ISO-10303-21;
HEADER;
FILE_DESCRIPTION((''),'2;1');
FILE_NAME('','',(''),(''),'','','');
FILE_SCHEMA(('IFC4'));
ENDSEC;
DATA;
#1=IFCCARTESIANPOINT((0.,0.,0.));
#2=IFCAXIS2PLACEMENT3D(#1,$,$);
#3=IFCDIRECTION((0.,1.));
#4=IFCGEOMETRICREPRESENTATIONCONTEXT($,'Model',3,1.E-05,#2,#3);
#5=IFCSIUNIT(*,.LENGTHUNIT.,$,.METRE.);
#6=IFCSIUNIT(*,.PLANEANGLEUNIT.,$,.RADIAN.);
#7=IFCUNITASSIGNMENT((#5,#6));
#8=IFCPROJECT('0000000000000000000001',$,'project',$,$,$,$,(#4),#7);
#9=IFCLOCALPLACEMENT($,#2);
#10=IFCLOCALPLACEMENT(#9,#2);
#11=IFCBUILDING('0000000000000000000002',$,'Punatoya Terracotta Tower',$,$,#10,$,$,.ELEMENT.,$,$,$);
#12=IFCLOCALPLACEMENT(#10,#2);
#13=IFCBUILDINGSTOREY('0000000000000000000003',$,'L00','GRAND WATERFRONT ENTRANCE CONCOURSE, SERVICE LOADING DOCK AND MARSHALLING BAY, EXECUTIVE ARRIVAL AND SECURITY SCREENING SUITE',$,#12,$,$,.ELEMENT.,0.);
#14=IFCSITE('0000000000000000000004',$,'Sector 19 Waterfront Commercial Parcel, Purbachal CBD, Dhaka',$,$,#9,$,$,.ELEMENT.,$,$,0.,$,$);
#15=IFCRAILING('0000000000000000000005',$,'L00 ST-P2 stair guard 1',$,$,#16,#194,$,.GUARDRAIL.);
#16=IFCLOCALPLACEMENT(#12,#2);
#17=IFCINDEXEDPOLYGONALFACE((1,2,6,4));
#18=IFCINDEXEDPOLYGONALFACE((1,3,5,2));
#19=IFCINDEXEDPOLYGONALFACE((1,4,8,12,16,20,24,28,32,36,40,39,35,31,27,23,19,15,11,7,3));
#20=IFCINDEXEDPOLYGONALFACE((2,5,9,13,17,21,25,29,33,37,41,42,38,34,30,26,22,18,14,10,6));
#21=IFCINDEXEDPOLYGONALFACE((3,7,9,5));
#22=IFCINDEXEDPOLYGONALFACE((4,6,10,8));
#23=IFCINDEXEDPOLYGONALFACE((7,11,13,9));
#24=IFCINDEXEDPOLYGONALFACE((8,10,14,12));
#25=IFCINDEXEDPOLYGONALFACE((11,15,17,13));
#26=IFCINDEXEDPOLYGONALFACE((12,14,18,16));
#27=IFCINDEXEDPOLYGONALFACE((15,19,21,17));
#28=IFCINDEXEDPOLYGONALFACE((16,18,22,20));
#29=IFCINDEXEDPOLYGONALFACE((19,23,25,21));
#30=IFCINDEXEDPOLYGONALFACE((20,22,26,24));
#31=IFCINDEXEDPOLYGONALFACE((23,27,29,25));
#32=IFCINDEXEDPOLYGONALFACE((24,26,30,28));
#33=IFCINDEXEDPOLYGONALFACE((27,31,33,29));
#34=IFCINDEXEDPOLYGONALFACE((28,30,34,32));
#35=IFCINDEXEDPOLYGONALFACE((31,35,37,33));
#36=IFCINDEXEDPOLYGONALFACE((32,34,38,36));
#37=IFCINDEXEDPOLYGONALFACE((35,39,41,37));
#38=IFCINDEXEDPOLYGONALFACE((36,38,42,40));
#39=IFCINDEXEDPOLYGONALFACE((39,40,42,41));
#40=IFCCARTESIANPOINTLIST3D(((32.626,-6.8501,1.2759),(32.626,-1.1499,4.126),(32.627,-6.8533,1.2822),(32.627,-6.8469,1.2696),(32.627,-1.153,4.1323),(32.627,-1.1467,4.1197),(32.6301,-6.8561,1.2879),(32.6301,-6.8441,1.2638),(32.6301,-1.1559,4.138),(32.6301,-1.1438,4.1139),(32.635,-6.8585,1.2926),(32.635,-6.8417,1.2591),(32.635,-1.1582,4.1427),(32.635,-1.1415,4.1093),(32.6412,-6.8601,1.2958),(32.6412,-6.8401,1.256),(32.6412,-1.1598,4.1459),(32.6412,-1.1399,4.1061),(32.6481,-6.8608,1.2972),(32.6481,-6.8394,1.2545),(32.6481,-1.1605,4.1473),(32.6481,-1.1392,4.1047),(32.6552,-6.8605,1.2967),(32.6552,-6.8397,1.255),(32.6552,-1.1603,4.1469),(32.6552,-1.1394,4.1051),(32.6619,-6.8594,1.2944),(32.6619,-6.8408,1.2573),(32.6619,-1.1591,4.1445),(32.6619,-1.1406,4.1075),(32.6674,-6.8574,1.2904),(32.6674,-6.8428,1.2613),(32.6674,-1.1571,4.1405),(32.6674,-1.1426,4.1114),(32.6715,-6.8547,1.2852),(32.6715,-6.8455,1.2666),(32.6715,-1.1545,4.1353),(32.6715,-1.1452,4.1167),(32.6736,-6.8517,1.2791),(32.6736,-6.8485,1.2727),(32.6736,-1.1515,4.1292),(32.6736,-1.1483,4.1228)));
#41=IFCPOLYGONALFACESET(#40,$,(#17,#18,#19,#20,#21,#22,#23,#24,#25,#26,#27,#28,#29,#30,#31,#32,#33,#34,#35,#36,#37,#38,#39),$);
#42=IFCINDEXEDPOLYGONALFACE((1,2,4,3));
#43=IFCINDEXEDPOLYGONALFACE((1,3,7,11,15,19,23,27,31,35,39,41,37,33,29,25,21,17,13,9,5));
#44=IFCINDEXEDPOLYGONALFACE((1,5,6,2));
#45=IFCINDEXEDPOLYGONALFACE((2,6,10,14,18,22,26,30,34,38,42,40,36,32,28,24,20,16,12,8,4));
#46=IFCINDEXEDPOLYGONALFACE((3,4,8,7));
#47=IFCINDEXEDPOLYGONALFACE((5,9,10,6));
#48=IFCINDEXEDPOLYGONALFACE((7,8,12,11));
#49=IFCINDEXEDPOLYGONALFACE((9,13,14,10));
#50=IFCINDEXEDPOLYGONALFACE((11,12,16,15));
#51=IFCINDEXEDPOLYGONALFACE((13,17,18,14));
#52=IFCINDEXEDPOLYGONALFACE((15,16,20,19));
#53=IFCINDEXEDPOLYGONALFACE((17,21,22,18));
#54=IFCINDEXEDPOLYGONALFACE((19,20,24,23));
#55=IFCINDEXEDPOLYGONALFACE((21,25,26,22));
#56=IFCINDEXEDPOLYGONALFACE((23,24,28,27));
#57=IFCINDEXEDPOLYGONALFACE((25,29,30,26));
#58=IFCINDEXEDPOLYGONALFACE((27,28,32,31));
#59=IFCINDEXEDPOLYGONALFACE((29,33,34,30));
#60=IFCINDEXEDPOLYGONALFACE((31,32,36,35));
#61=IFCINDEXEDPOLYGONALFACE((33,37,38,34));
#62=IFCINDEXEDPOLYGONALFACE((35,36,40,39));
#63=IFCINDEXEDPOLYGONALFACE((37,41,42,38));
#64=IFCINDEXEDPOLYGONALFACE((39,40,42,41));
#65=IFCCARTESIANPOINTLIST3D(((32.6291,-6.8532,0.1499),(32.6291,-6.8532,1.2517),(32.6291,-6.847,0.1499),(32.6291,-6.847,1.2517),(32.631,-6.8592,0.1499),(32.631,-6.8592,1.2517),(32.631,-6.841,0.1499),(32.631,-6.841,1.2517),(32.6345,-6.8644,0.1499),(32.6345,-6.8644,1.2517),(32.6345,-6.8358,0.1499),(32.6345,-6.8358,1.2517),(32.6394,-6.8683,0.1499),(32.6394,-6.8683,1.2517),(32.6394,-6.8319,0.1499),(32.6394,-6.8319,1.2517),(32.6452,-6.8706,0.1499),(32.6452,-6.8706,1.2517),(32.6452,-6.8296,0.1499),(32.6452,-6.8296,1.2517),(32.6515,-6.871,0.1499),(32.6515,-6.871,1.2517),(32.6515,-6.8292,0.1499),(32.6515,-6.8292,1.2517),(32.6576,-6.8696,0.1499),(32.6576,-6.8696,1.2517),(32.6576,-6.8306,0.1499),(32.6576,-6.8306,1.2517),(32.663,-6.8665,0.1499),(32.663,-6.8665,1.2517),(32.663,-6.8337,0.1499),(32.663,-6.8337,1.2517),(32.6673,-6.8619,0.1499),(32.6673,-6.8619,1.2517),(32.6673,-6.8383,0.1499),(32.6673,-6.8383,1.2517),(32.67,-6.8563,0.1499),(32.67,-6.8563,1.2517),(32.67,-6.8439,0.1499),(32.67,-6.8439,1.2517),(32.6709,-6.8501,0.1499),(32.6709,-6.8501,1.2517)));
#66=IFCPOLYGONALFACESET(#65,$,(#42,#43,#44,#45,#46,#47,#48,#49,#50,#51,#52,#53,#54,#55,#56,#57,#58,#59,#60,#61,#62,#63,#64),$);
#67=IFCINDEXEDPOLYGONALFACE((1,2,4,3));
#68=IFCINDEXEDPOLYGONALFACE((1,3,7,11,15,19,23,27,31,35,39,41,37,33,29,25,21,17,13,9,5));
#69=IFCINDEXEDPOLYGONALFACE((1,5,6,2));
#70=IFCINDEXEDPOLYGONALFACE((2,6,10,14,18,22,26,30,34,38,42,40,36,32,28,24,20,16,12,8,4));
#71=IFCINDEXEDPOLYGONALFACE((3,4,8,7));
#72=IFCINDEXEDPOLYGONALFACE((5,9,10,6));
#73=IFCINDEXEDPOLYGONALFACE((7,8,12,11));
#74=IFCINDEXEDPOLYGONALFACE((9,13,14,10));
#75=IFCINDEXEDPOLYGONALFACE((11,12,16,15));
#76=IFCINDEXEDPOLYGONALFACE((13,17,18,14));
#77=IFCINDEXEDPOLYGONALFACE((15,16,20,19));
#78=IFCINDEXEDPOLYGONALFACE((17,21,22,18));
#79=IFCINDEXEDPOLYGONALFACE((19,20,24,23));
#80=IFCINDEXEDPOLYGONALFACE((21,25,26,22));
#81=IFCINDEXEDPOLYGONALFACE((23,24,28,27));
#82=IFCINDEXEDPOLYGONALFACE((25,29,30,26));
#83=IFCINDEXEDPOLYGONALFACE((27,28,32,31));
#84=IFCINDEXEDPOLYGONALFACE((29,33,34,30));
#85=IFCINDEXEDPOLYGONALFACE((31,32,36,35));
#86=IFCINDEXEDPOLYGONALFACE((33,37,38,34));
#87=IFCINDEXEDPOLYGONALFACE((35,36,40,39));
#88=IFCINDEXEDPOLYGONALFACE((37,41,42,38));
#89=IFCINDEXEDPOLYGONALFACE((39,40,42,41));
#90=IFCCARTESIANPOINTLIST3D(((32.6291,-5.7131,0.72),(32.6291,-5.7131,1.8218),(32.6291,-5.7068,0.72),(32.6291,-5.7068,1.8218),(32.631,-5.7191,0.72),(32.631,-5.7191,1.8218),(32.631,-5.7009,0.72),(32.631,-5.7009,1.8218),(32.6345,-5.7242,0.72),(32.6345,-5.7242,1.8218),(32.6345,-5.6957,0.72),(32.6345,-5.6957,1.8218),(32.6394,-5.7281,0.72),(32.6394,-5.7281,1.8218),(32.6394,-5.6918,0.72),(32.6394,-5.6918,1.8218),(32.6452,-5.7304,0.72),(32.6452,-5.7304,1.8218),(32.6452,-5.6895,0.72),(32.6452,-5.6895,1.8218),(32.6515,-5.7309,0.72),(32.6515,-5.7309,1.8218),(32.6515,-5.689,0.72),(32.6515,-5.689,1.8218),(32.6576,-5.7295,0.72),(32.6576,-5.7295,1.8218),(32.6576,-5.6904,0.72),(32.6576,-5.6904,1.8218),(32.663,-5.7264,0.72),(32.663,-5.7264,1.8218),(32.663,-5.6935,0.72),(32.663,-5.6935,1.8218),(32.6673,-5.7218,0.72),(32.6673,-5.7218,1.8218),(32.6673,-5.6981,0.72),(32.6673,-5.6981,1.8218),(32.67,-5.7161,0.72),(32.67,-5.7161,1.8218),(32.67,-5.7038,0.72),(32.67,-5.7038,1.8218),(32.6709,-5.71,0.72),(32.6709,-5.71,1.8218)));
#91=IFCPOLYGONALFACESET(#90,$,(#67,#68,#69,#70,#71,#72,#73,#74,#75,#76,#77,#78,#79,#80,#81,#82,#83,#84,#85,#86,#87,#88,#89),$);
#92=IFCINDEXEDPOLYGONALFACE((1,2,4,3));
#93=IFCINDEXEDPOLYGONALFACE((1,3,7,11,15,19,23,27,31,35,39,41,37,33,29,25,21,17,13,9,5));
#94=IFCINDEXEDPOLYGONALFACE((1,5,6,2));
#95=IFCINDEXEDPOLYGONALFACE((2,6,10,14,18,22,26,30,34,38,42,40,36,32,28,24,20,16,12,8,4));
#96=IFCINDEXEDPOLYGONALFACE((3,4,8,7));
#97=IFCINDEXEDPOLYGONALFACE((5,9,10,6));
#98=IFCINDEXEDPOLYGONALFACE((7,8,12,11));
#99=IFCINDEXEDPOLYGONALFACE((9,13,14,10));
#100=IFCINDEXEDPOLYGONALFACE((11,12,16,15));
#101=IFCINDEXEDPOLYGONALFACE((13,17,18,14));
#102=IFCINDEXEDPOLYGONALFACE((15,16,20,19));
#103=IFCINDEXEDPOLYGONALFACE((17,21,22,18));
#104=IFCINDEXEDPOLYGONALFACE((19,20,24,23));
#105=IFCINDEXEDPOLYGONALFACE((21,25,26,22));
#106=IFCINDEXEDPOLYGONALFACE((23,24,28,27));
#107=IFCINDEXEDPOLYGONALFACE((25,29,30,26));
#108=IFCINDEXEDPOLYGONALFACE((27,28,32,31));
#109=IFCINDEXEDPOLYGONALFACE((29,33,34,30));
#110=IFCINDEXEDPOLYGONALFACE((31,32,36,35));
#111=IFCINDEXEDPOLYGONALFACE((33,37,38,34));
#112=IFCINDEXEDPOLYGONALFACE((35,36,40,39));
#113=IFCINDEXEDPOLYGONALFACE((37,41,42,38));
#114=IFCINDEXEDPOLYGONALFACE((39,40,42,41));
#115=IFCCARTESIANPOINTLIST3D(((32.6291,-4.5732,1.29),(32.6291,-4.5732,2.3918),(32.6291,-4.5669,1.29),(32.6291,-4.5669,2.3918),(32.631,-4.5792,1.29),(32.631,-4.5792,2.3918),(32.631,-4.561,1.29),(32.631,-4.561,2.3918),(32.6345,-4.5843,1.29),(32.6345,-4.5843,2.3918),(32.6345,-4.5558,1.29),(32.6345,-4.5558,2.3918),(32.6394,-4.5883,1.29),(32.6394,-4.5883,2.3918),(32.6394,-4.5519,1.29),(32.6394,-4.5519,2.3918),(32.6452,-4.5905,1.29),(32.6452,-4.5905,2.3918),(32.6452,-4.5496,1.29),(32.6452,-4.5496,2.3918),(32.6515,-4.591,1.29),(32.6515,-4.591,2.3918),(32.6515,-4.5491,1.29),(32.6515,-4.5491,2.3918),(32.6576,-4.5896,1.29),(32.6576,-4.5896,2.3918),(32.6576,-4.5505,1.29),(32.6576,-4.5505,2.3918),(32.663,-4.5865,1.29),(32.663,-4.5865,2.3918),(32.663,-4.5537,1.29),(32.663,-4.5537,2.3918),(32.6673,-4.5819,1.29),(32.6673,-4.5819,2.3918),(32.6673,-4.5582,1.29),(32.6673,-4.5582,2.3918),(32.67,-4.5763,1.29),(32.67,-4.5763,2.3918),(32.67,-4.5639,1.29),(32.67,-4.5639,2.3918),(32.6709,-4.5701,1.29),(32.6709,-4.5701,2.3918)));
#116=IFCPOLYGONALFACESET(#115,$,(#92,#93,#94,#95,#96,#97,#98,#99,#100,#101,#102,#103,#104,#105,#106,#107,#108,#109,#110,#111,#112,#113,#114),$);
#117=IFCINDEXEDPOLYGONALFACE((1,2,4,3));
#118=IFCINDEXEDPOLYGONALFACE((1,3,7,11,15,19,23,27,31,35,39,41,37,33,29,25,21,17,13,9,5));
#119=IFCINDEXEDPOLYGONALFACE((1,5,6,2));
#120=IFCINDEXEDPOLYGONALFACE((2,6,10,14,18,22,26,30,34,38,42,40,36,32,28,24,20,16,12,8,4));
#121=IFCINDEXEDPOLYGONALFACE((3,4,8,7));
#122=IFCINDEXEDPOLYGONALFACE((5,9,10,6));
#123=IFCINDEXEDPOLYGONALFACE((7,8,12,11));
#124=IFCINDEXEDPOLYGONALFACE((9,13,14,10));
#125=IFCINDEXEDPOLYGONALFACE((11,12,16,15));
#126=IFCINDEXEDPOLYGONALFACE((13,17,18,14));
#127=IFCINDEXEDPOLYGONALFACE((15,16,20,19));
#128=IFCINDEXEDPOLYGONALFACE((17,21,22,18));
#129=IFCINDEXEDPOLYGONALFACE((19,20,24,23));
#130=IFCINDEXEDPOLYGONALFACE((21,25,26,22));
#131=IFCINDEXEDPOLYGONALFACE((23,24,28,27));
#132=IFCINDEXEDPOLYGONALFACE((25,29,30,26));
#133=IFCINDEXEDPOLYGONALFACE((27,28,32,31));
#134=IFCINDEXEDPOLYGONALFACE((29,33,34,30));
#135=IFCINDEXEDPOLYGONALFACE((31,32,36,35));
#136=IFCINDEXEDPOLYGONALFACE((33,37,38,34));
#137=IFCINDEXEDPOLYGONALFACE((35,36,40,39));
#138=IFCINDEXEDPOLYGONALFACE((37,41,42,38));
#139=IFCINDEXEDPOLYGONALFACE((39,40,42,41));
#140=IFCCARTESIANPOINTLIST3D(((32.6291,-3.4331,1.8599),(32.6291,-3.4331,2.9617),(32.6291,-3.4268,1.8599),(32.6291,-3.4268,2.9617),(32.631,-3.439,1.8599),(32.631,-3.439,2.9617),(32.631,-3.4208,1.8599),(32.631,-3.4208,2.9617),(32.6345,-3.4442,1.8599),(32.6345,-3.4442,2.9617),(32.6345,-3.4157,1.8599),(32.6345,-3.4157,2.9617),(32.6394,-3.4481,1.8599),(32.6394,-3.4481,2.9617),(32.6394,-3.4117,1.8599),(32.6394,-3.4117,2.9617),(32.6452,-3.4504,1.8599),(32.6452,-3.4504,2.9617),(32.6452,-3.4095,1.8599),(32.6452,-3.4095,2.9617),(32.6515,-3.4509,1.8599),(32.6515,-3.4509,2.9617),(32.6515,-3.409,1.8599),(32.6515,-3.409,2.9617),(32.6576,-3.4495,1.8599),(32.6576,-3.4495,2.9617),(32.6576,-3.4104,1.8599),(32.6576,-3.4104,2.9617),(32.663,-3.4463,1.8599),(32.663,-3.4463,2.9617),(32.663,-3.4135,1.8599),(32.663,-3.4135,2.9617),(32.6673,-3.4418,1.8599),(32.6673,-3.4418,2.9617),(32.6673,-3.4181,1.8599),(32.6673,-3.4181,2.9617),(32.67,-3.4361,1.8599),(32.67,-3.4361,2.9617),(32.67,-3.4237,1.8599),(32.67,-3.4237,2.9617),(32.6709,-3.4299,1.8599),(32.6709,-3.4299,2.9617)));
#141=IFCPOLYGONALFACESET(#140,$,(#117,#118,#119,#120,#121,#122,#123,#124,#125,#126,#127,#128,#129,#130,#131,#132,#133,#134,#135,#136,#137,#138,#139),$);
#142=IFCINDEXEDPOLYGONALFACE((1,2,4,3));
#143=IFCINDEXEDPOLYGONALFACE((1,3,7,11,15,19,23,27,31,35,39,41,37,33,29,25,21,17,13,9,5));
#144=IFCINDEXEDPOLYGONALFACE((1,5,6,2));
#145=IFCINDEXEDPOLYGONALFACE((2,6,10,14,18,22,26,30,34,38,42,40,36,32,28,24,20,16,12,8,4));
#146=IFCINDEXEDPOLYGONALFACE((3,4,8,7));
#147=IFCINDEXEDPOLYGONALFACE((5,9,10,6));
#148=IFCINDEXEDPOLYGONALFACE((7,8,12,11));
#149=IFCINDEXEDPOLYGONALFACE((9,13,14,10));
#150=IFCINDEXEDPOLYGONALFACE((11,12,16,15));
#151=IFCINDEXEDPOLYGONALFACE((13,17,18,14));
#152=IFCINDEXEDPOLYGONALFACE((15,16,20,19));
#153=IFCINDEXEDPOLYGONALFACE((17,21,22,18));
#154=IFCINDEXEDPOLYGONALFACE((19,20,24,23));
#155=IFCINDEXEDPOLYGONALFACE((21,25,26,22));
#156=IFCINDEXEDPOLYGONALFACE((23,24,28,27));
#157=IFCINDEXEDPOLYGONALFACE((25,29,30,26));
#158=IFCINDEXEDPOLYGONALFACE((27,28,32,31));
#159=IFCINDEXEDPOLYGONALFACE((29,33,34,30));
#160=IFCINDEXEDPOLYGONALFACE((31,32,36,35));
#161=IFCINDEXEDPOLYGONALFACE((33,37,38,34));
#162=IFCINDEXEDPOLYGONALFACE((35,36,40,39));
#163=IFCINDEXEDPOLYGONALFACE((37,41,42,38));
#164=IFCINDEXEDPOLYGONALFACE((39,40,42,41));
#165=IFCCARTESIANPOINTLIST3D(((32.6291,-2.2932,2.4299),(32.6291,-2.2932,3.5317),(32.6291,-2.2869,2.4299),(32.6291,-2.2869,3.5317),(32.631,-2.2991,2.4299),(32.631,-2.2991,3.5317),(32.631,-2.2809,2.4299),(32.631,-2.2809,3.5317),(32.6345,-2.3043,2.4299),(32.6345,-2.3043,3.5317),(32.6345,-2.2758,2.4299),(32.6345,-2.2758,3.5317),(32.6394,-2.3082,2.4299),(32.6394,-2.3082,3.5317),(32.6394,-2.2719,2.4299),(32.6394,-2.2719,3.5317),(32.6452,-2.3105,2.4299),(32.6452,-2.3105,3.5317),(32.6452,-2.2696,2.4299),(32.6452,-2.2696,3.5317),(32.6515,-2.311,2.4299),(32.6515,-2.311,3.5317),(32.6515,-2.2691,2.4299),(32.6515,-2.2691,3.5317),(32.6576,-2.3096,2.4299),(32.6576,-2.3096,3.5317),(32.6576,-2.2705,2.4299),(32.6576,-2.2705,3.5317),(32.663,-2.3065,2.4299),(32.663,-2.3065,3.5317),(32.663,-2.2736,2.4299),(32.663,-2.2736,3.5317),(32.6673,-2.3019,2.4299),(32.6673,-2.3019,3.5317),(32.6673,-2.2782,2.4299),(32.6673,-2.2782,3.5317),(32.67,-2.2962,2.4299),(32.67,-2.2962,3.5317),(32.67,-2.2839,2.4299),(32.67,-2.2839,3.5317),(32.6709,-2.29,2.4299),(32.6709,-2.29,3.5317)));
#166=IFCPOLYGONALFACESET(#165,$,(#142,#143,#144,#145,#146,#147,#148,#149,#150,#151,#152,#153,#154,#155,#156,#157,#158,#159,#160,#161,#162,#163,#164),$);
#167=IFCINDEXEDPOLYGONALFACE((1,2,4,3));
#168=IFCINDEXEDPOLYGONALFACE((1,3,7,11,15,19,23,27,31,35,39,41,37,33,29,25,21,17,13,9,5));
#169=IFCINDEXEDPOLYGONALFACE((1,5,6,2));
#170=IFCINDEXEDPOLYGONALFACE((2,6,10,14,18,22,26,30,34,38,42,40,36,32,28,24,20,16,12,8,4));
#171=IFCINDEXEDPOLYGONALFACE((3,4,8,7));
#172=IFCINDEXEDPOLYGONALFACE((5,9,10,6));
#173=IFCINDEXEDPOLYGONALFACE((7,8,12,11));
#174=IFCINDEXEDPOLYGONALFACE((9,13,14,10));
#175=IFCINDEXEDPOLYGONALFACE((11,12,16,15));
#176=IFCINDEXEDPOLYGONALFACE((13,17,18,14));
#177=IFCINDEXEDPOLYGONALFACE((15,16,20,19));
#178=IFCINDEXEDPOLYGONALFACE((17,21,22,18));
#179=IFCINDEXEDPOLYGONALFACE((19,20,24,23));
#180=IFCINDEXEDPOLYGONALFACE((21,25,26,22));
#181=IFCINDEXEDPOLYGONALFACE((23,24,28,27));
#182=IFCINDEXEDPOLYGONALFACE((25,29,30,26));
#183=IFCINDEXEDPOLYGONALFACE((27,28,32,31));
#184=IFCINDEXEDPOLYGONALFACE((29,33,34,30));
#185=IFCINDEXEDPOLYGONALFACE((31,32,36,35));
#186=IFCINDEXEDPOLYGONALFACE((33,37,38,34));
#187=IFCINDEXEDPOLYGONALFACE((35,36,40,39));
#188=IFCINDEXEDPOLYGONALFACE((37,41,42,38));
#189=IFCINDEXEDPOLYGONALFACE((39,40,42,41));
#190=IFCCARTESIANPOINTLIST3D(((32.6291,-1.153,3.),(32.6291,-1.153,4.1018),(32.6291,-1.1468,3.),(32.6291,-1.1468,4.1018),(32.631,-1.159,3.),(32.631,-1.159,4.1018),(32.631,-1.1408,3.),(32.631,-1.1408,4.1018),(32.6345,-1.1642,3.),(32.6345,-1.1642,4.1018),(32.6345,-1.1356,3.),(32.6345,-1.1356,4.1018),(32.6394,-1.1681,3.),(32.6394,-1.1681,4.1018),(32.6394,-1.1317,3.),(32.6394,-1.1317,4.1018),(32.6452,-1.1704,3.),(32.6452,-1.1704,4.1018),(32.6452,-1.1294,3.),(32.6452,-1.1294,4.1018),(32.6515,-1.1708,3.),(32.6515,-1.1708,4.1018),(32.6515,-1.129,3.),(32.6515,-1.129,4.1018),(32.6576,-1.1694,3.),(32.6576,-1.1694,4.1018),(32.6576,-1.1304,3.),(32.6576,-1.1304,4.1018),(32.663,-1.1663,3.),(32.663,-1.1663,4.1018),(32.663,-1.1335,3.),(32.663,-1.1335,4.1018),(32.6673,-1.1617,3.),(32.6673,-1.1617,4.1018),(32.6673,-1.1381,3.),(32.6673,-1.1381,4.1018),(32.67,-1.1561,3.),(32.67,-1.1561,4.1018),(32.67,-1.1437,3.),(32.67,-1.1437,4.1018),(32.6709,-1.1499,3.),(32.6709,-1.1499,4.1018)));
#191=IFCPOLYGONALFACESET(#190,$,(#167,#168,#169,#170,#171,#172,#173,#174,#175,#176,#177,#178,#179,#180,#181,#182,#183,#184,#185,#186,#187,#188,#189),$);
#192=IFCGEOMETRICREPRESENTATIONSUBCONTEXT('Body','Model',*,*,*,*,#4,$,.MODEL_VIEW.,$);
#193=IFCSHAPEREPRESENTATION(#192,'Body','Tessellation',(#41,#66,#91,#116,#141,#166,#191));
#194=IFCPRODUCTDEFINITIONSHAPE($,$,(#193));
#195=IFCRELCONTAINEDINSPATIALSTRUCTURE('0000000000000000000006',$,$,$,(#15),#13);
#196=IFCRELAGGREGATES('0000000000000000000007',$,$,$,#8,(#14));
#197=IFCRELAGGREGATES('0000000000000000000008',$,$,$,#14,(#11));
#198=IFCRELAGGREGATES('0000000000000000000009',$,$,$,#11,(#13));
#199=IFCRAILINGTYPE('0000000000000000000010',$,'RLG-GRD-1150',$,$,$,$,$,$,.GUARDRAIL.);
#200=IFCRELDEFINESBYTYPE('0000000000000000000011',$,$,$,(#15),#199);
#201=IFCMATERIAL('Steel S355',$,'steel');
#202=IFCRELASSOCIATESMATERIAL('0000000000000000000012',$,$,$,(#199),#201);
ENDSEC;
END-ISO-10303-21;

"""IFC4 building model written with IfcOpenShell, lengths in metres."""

from ifc_helpers import new_model, si_unit, direction, frame, origin, origin_2d, place, context, subcontext, project, spatial, circle, extrude, material, type_object, element, save


model = new_model("IFC4")

# Units and contexts
model_context = context("Model", 3, precision=1e-05, world=origin(), true_north=direction((0.0, 1.0)))
body_context = subcontext(model_context, "Body", "Model", "MODEL_VIEW")
ifc_project = project(units=[si_unit("LENGTHUNIT", "METRE"), si_unit("PLANEANGLEUNIT", "RADIAN")], contexts=[model_context])

# Site, building, storey
site_placement = place(None, origin())
site = spatial("IfcSite", under=ifc_project, at=site_placement, Name="Sector 19 Waterfront Commercial Parcel, Purbachal CBD, Dhaka", CompositionType="ELEMENT", RefElevation=0.0)
building_placement = place(site_placement, origin())
building = spatial("IfcBuilding", under=site, at=building_placement, Name="Punatoya Terracotta Tower", CompositionType="ELEMENT")
storey_placement = place(building_placement, origin())
storey = spatial("IfcBuildingStorey", under=building, at=storey_placement, Name="L00", Description="GRAND WATERFRONT ENTRANCE CONCOURSE, SERVICE LOADING DOCK AND MARSHALLING BAY, EXECUTIVE ARRIVAL AND SECURITY SCREENING SUITE", CompositionType="ELEMENT", Elevation=0.0)

# Shared definitions
ifc_material_1 = material(Name="Steel S355", Category="steel")

# Railing
railing_type_1 = type_object("IfcRailingType", Name="RLG-GRD-1150", PredefinedType="GUARDRAIL", material=ifc_material_1)
railing_1_placement = place(storey_placement, frame((32.6499, -6.8501, 0.1499)))
element("IfcRailing", 1, at=railing_1_placement, inside=storey, type_object=railing_type_1, Name="L00 ST-P2 stair guard 1", PredefinedType="GUARDRAIL", context=body_context, shape_type="SweptSolid", body=[
    extrude(circle(Radius=0.0239, at=origin_2d()), frame((0.0, 0.0, 1.126), z_axis=(0.0, 0.894427, 0.447214), x_axis=(-1.0, 0.0, 0.0)), (0.0, 0.0, 1.0), 6.373),
    extrude(circle(Radius=0.021, at=origin_2d()), origin(), (0.0, 0.0, 1.0), 1.1018),
    extrude(circle(Radius=0.021, at=origin_2d()), frame((0.0, 1.1401, 0.5701)), (0.0, 0.0, 1.0), 1.1018),
    extrude(circle(Radius=0.021, at=origin_2d()), frame((0.0, 2.28, 1.1401)), (0.0, 0.0, 1.0), 1.1018),
    extrude(circle(Radius=0.021, at=origin_2d()), frame((0.0, 3.4202, 1.71)), (0.0, 0.0, 1.0), 1.1018),
    extrude(circle(Radius=0.021, at=origin_2d()), frame((0.0, 4.5601, 2.28)), (0.0, 0.0, 1.0), 1.1018),
    extrude(circle(Radius=0.021, at=origin_2d()), frame((0.0, 5.7002, 2.8501)), (0.0, 0.0, 1.0), 1.1018),
])

save(model, "model.ifc")
